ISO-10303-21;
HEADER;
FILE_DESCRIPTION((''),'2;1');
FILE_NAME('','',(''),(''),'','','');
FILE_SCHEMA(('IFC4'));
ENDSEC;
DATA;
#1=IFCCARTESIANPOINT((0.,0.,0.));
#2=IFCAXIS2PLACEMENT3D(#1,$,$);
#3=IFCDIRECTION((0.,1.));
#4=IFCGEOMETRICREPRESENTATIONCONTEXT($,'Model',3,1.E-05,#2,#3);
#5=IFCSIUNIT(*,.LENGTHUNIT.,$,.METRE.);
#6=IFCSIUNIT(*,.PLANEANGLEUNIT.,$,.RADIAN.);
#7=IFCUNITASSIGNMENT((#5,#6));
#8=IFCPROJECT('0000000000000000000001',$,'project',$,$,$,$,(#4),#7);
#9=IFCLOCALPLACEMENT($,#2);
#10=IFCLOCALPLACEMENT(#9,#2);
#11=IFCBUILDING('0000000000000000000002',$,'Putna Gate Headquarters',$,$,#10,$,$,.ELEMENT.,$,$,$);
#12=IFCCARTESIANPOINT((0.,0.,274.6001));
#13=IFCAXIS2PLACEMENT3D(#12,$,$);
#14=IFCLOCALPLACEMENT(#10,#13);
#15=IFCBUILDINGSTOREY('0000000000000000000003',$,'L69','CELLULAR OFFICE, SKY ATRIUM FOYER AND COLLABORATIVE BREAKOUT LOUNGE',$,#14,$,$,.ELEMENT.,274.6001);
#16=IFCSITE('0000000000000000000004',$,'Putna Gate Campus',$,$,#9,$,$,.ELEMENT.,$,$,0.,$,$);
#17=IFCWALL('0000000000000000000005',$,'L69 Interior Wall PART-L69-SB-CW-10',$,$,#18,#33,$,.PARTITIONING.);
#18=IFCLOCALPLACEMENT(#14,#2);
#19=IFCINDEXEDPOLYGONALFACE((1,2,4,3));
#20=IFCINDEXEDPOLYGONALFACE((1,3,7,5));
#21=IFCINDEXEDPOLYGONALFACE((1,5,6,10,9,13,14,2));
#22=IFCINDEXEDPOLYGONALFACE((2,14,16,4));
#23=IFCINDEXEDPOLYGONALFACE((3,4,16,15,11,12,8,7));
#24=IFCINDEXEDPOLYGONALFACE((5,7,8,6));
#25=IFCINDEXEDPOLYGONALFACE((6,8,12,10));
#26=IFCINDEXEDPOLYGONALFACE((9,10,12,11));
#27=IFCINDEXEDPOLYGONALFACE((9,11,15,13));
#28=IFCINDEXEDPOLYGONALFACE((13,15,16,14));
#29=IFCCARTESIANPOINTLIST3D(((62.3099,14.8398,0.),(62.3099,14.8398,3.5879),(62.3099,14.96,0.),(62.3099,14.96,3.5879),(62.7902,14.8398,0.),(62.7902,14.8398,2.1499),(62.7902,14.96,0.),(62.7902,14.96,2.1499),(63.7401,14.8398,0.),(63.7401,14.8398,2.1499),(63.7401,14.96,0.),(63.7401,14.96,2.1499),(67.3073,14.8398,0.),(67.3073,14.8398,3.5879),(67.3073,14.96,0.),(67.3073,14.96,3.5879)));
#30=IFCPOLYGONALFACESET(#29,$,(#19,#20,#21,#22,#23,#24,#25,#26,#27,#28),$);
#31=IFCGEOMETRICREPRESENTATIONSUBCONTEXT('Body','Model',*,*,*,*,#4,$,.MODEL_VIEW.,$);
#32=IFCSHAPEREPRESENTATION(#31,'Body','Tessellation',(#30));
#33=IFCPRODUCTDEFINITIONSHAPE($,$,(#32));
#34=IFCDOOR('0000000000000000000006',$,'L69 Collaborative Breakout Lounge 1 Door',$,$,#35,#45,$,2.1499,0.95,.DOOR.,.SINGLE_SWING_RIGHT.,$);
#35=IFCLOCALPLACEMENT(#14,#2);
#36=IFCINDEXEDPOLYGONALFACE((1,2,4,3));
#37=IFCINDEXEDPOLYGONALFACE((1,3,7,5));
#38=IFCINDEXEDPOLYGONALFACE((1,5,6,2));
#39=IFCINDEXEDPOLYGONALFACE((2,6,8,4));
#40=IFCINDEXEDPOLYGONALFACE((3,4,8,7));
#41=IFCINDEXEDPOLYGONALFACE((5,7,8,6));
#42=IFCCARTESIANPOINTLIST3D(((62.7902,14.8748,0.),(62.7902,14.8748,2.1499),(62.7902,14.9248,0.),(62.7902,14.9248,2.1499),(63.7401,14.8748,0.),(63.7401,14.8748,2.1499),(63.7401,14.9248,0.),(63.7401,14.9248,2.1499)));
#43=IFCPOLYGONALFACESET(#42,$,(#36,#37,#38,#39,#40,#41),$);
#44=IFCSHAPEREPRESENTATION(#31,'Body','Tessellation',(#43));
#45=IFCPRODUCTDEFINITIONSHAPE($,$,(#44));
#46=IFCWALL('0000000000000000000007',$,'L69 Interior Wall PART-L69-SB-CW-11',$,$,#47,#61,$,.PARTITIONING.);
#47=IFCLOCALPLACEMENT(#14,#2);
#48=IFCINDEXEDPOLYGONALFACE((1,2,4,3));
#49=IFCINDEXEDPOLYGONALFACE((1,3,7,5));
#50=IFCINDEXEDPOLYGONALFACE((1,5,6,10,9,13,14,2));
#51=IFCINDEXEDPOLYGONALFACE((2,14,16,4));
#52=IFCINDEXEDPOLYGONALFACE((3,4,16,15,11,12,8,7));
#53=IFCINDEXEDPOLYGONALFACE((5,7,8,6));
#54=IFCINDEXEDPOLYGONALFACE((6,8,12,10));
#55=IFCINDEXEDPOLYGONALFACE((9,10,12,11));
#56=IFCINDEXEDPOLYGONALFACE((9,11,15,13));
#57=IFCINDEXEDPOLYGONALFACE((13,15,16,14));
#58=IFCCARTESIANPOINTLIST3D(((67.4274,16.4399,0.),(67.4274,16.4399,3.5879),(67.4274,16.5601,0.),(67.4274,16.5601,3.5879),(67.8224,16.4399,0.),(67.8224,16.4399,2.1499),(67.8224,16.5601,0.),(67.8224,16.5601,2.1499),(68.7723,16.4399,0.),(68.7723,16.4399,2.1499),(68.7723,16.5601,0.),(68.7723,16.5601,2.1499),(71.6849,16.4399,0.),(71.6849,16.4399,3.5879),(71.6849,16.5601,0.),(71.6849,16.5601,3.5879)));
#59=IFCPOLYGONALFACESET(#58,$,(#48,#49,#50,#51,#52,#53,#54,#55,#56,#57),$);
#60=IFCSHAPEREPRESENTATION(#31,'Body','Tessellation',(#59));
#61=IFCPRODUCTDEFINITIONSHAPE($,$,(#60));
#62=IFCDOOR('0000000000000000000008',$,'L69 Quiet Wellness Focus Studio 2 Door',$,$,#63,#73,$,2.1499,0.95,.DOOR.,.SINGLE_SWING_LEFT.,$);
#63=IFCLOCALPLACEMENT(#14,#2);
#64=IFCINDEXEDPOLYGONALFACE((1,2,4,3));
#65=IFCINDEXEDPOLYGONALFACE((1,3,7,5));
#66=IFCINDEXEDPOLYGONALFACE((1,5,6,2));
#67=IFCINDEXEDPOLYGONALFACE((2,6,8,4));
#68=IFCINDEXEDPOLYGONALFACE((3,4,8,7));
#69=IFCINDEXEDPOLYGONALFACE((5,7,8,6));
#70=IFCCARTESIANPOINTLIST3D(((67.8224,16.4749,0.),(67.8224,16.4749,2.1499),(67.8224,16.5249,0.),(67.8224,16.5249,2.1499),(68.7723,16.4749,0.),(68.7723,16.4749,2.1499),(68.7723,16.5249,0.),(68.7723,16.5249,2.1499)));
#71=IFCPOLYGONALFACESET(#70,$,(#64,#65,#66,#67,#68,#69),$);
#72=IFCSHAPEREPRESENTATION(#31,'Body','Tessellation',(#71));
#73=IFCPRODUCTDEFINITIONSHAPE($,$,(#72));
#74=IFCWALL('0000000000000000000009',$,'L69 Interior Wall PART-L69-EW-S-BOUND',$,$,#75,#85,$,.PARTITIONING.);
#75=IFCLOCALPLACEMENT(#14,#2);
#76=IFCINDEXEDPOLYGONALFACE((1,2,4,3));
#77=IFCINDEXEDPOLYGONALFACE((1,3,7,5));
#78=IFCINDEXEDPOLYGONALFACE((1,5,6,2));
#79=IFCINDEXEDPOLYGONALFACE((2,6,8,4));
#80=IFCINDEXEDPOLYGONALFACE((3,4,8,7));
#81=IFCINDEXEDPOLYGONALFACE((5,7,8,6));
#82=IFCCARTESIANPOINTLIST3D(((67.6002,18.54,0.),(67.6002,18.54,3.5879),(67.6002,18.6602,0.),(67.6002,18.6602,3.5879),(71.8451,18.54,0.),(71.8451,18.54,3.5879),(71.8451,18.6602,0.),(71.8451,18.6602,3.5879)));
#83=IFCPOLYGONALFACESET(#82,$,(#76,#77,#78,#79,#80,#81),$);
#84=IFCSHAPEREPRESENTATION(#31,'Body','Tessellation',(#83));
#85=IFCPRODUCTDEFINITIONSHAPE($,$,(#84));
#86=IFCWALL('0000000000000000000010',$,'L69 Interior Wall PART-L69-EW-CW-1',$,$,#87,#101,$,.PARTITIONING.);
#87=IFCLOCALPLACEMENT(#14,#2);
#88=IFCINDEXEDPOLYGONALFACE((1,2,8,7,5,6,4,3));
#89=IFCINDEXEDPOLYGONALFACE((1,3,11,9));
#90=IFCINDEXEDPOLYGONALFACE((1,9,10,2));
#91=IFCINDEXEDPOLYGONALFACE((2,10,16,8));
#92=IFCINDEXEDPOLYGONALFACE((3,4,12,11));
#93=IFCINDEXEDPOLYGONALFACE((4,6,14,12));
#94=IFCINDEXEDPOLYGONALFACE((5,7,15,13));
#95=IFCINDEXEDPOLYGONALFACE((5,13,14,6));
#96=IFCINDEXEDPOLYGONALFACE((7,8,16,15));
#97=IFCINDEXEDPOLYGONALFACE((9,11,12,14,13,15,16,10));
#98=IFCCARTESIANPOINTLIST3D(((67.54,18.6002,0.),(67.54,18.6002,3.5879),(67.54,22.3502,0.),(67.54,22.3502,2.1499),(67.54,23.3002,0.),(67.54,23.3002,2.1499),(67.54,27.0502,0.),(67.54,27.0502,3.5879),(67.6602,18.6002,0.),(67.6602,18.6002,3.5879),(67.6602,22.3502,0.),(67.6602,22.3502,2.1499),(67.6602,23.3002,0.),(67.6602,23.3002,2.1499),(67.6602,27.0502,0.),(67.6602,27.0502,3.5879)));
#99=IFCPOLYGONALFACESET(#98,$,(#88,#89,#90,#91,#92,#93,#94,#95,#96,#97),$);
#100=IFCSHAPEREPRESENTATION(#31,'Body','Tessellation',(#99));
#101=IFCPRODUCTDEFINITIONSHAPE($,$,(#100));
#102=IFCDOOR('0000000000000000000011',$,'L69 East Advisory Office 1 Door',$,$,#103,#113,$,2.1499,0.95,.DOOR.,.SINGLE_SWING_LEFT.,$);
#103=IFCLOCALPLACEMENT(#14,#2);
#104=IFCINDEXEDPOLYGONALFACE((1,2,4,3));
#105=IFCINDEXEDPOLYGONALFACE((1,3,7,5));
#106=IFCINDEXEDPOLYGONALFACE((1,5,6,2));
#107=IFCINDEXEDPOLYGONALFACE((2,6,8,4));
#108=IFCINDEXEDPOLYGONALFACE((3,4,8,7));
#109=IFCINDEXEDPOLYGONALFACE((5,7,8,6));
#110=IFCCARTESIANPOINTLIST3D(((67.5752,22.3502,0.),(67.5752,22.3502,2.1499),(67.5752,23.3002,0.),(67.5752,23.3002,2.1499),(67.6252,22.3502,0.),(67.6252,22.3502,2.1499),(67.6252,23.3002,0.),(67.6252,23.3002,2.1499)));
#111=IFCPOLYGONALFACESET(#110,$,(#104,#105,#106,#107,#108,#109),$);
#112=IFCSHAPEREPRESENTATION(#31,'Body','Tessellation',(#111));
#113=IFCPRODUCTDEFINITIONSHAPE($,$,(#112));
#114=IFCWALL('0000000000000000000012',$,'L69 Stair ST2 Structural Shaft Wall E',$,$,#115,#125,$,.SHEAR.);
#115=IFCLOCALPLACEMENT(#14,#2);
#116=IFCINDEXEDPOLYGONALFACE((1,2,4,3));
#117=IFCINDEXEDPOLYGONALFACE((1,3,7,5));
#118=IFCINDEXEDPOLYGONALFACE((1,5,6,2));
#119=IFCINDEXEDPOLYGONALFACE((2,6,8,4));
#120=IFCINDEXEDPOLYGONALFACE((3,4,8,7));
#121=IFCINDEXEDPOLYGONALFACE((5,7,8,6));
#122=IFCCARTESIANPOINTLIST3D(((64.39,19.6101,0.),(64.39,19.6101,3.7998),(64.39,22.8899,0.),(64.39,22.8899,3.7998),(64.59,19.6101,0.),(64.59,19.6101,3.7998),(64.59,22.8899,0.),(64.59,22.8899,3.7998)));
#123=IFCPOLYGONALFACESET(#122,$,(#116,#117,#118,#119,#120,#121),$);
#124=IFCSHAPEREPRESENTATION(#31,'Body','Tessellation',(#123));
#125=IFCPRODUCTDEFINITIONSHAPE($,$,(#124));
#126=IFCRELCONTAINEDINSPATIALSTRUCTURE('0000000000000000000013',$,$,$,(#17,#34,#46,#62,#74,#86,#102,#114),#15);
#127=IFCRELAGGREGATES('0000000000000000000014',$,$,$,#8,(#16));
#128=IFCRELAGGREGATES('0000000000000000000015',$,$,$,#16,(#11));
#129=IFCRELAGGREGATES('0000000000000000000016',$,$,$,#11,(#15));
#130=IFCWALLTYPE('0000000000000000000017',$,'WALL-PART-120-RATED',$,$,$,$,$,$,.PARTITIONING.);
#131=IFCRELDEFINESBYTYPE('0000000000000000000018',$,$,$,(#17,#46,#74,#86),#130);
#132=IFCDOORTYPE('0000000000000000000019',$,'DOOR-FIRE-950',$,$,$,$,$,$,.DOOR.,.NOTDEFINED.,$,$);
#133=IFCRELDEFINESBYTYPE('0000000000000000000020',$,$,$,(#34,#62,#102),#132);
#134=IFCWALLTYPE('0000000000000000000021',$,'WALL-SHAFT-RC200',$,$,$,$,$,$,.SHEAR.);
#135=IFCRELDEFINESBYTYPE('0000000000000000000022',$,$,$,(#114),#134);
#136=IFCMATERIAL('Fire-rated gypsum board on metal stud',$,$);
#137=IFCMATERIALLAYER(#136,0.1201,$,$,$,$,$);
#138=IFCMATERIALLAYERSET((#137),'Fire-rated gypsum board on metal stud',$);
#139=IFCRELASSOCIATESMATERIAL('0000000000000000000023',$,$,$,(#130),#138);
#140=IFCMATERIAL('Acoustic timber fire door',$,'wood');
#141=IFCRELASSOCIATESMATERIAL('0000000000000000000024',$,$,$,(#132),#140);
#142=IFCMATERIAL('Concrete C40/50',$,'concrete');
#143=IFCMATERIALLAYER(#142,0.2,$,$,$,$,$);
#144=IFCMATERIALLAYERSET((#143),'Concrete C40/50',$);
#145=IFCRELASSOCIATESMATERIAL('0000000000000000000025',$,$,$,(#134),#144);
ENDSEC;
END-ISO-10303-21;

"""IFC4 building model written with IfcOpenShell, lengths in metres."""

from ifc_helpers import new_model, si_unit, direction, frame, frame_2d, origin, place, context, subcontext, project, spatial, rectangle, extrude, material, layer, layer_set, type_object, element, fill, save


model = new_model("IFC4")

# Units and contexts
model_context = context("Model", 3, precision=1e-05, world=origin(), true_north=direction((0.0, 1.0)))
body_context = subcontext(model_context, "Body", "Model", "MODEL_VIEW")
ifc_project = project(units=[si_unit("LENGTHUNIT", "METRE"), si_unit("PLANEANGLEUNIT", "RADIAN")], contexts=[model_context])

# Site, building, storey
site_placement = place(None, origin())
site = spatial("IfcSite", under=ifc_project, at=site_placement, Name="Putna Gate Campus", CompositionType="ELEMENT", RefElevation=0.0)
building_placement = place(site_placement, origin())
building = spatial("IfcBuilding", under=site, at=building_placement, Name="Putna Gate Headquarters", CompositionType="ELEMENT")
storey_placement = place(building_placement, frame((0.0, 0.0, 274.6001)))
storey = spatial("IfcBuildingStorey", under=building, at=storey_placement, Name="L69", Description="CELLULAR OFFICE, SKY ATRIUM FOYER AND COLLABORATIVE BREAKOUT LOUNGE", CompositionType="ELEMENT", Elevation=274.6001)

# Shared definitions
ifc_material_1 = material(Name="Fire-rated gypsum board on metal stud")
ifc_layer_1 = layer(ifc_material_1, 0.1201)
ifc_layer_set_1 = layer_set([ifc_layer_1], Name="Fire-rated gypsum board on metal stud")
wall_type_1 = type_object("IfcWallType", Name="WALL-PART-120-RATED", PredefinedType="PARTITIONING", material=ifc_layer_set_1)

# Walls, openings, doors
ifc_material_2 = material(Name="Acoustic timber fire door", Category="wood")
door_type_1 = type_object("IfcDoorType", Name="DOOR-FIRE-950", OperationType="NOTDEFINED", PredefinedType="DOOR", material=ifc_material_2)
wall_1_placement = place(storey_placement, frame((62.3101, 14.8999, 0.0), z_axis=(0.0, 0.0, 1.0), x_axis=(1.0, 0.0, 0.0)))
wall_1 = element("IfcWall", 1, at=wall_1_placement, inside=storey, type_object=wall_type_1, Name="L69 Interior Wall PART-L69-SB-CW-10", PredefinedType="PARTITIONING", context=body_context, shape_type="SweptSolid", body=[
    extrude(rectangle(XDim=4.9973, YDim=0.1201, at=frame_2d((2.4985, 0.0))), origin(), (0.0, 0.0, 1.0), 3.5879),
])
opening_1_placement = place(wall_1_placement, frame((0.48, 0.0, 0.0)))
opening_1 = element("IfcOpeningElement", 2, at=opening_1_placement, cuts=wall_1, PredefinedType="OPENING", context=body_context, shape_type="SweptSolid", body=[
    extrude(rectangle(XDim=0.95, YDim=2.1499, at=frame_2d((0.4751, 1.075))), frame((0.0, 0.0701, 0.0), z_axis=(0.0, -1.0, 0.0), x_axis=(1.0, 0.0, 0.0)), (0.0, 0.0, 1.0), 0.1401),
])
door_1_placement = place(opening_1_placement, origin())
door_1 = element("IfcDoor", 3, at=door_1_placement, inside=storey, type_object=door_type_1, Name="L69 Collaborative Breakout Lounge 1 Door", OperationType="SINGLE_SWING_RIGHT", OverallHeight=2.1499, OverallWidth=0.95, PredefinedType="DOOR", context=body_context, shape_type="SweptSolid", body=[
    extrude(rectangle(XDim=0.95, YDim=2.1499, at=frame_2d((0.4751, 1.075))), frame((0.0, 0.0249, 0.0), z_axis=(0.0, -1.0, 0.0), x_axis=(1.0, 0.0, 0.0)), (0.0, 0.0, 1.0), 0.05),
])
fill(opening_1, door_1)
wall_2_placement = place(storey_placement, frame((67.4272, 16.5, 0.0), z_axis=(0.0, 0.0, 1.0), x_axis=(1.0, 0.0, 0.0)))
wall_2 = element("IfcWall", 4, at=wall_2_placement, inside=storey, type_object=wall_type_1, Name="L69 Interior Wall PART-L69-SB-CW-11", PredefinedType="PARTITIONING", context=body_context, shape_type="SweptSolid", body=[
    extrude(rectangle(XDim=4.2576, YDim=0.1201, at=frame_2d((2.1289, 0.0))), origin(), (0.0, 0.0, 1.0), 3.5879),
])
opening_2_placement = place(wall_2_placement, frame((0.395, 0.0, 0.0)))
opening_2 = element("IfcOpeningElement", 5, at=opening_2_placement, cuts=wall_2, PredefinedType="OPENING", context=body_context, shape_type="SweptSolid", body=[
    extrude(rectangle(XDim=0.95, YDim=2.1499, at=frame_2d((0.4751, 1.075))), frame((0.0, 0.0701, 0.0), z_axis=(0.0, -1.0, 0.0), x_axis=(1.0, 0.0, 0.0)), (0.0, 0.0, 1.0), 0.1401),
])
door_2_placement = place(opening_2_placement, origin())
door_2 = element("IfcDoor", 6, at=door_2_placement, inside=storey, type_object=door_type_1, Name="L69 Quiet Wellness Focus Studio 2 Door", OperationType="SINGLE_SWING_LEFT", OverallHeight=2.1499, OverallWidth=0.95, PredefinedType="DOOR", context=body_context, shape_type="SweptSolid", body=[
    extrude(rectangle(XDim=0.95, YDim=2.1499, at=frame_2d((0.4751, 1.075))), frame((0.0, 0.0249, 0.0), z_axis=(0.0, -1.0, 0.0), x_axis=(1.0, 0.0, 0.0)), (0.0, 0.0, 1.0), 0.05),
])
fill(opening_2, door_2)

# Wall
wall_3_placement = place(storey_placement, frame((67.6001, 18.6001, 0.0), z_axis=(0.0, 0.0, 1.0), x_axis=(1.0, 0.0, 0.0)))
element("IfcWall", 7, at=wall_3_placement, inside=storey, type_object=wall_type_1, Name="L69 Interior Wall PART-L69-EW-S-BOUND", PredefinedType="PARTITIONING", context=body_context, shape_type="SweptSolid", body=[
    extrude(rectangle(XDim=4.2449, YDim=0.1201, at=frame_2d((2.1226, 0.0))), origin(), (0.0, 0.0, 1.0), 3.5879),
])

# Wall, opening, door
wall_4_placement = place(storey_placement, frame((67.6001, 18.6001, 0.0), z_axis=(0.0, 0.0, 1.0), x_axis=(0.0, 1.0, 0.0)))
wall_4 = element("IfcWall", 8, at=wall_4_placement, inside=storey, type_object=wall_type_1, Name="L69 Interior Wall PART-L69-EW-CW-1", PredefinedType="PARTITIONING", context=body_context, shape_type="SweptSolid", body=[
    extrude(rectangle(XDim=8.45, YDim=0.1201, at=frame_2d((4.2251, 0.0))), origin(), (0.0, 0.0, 1.0), 3.5879),
])
opening_3_placement = place(wall_4_placement, frame((3.75, 0.0, 0.0)))
opening_3 = element("IfcOpeningElement", 9, at=opening_3_placement, cuts=wall_4, PredefinedType="OPENING", context=body_context, shape_type="SweptSolid", body=[
    extrude(rectangle(XDim=0.95, YDim=2.1499, at=frame_2d((0.4751, 1.075))), frame((0.0, 0.0701, 0.0), z_axis=(0.0, -1.0, 0.0), x_axis=(1.0, 0.0, 0.0)), (0.0, 0.0, 1.0), 0.1401),
])
door_3_placement = place(opening_3_placement, origin())
door_3 = element("IfcDoor", 10, at=door_3_placement, inside=storey, type_object=door_type_1, Name="L69 East Advisory Office 1 Door", OperationType="SINGLE_SWING_LEFT", OverallHeight=2.1499, OverallWidth=0.95, PredefinedType="DOOR", context=body_context, shape_type="SweptSolid", body=[
    extrude(rectangle(XDim=0.95, YDim=2.1499, at=frame_2d((0.4751, 1.075))), frame((0.0, 0.0249, 0.0), z_axis=(0.0, -1.0, 0.0), x_axis=(1.0, 0.0, 0.0)), (0.0, 0.0, 1.0), 0.05),
])
fill(opening_3, door_3)

# Wall
ifc_material_3 = material(Name="Concrete C40/50", Category="concrete")
ifc_layer_2 = layer(ifc_material_3, 0.2)
ifc_layer_set_2 = layer_set([ifc_layer_2], Name="Concrete C40/50")
wall_type_2 = type_object("IfcWallType", Name="WALL-SHAFT-RC200", PredefinedType="SHEAR", material=ifc_layer_set_2)
wall_5_placement = place(storey_placement, frame((64.49, 19.6101, 0.0), z_axis=(0.0, 0.0, 1.0), x_axis=(0.0, 1.0, 0.0)))
element("IfcWall", 11, at=wall_5_placement, inside=storey, type_object=wall_type_2, Name="L69 Stair ST2 Structural Shaft Wall E", PredefinedType="SHEAR", context=body_context, shape_type="SweptSolid", body=[
    extrude(rectangle(XDim=3.2798, YDim=0.2, at=frame_2d((1.6399, 0.0))), origin(), (0.0, 0.0, 1.0), 3.7998),
])

save(model, "model.ifc")
